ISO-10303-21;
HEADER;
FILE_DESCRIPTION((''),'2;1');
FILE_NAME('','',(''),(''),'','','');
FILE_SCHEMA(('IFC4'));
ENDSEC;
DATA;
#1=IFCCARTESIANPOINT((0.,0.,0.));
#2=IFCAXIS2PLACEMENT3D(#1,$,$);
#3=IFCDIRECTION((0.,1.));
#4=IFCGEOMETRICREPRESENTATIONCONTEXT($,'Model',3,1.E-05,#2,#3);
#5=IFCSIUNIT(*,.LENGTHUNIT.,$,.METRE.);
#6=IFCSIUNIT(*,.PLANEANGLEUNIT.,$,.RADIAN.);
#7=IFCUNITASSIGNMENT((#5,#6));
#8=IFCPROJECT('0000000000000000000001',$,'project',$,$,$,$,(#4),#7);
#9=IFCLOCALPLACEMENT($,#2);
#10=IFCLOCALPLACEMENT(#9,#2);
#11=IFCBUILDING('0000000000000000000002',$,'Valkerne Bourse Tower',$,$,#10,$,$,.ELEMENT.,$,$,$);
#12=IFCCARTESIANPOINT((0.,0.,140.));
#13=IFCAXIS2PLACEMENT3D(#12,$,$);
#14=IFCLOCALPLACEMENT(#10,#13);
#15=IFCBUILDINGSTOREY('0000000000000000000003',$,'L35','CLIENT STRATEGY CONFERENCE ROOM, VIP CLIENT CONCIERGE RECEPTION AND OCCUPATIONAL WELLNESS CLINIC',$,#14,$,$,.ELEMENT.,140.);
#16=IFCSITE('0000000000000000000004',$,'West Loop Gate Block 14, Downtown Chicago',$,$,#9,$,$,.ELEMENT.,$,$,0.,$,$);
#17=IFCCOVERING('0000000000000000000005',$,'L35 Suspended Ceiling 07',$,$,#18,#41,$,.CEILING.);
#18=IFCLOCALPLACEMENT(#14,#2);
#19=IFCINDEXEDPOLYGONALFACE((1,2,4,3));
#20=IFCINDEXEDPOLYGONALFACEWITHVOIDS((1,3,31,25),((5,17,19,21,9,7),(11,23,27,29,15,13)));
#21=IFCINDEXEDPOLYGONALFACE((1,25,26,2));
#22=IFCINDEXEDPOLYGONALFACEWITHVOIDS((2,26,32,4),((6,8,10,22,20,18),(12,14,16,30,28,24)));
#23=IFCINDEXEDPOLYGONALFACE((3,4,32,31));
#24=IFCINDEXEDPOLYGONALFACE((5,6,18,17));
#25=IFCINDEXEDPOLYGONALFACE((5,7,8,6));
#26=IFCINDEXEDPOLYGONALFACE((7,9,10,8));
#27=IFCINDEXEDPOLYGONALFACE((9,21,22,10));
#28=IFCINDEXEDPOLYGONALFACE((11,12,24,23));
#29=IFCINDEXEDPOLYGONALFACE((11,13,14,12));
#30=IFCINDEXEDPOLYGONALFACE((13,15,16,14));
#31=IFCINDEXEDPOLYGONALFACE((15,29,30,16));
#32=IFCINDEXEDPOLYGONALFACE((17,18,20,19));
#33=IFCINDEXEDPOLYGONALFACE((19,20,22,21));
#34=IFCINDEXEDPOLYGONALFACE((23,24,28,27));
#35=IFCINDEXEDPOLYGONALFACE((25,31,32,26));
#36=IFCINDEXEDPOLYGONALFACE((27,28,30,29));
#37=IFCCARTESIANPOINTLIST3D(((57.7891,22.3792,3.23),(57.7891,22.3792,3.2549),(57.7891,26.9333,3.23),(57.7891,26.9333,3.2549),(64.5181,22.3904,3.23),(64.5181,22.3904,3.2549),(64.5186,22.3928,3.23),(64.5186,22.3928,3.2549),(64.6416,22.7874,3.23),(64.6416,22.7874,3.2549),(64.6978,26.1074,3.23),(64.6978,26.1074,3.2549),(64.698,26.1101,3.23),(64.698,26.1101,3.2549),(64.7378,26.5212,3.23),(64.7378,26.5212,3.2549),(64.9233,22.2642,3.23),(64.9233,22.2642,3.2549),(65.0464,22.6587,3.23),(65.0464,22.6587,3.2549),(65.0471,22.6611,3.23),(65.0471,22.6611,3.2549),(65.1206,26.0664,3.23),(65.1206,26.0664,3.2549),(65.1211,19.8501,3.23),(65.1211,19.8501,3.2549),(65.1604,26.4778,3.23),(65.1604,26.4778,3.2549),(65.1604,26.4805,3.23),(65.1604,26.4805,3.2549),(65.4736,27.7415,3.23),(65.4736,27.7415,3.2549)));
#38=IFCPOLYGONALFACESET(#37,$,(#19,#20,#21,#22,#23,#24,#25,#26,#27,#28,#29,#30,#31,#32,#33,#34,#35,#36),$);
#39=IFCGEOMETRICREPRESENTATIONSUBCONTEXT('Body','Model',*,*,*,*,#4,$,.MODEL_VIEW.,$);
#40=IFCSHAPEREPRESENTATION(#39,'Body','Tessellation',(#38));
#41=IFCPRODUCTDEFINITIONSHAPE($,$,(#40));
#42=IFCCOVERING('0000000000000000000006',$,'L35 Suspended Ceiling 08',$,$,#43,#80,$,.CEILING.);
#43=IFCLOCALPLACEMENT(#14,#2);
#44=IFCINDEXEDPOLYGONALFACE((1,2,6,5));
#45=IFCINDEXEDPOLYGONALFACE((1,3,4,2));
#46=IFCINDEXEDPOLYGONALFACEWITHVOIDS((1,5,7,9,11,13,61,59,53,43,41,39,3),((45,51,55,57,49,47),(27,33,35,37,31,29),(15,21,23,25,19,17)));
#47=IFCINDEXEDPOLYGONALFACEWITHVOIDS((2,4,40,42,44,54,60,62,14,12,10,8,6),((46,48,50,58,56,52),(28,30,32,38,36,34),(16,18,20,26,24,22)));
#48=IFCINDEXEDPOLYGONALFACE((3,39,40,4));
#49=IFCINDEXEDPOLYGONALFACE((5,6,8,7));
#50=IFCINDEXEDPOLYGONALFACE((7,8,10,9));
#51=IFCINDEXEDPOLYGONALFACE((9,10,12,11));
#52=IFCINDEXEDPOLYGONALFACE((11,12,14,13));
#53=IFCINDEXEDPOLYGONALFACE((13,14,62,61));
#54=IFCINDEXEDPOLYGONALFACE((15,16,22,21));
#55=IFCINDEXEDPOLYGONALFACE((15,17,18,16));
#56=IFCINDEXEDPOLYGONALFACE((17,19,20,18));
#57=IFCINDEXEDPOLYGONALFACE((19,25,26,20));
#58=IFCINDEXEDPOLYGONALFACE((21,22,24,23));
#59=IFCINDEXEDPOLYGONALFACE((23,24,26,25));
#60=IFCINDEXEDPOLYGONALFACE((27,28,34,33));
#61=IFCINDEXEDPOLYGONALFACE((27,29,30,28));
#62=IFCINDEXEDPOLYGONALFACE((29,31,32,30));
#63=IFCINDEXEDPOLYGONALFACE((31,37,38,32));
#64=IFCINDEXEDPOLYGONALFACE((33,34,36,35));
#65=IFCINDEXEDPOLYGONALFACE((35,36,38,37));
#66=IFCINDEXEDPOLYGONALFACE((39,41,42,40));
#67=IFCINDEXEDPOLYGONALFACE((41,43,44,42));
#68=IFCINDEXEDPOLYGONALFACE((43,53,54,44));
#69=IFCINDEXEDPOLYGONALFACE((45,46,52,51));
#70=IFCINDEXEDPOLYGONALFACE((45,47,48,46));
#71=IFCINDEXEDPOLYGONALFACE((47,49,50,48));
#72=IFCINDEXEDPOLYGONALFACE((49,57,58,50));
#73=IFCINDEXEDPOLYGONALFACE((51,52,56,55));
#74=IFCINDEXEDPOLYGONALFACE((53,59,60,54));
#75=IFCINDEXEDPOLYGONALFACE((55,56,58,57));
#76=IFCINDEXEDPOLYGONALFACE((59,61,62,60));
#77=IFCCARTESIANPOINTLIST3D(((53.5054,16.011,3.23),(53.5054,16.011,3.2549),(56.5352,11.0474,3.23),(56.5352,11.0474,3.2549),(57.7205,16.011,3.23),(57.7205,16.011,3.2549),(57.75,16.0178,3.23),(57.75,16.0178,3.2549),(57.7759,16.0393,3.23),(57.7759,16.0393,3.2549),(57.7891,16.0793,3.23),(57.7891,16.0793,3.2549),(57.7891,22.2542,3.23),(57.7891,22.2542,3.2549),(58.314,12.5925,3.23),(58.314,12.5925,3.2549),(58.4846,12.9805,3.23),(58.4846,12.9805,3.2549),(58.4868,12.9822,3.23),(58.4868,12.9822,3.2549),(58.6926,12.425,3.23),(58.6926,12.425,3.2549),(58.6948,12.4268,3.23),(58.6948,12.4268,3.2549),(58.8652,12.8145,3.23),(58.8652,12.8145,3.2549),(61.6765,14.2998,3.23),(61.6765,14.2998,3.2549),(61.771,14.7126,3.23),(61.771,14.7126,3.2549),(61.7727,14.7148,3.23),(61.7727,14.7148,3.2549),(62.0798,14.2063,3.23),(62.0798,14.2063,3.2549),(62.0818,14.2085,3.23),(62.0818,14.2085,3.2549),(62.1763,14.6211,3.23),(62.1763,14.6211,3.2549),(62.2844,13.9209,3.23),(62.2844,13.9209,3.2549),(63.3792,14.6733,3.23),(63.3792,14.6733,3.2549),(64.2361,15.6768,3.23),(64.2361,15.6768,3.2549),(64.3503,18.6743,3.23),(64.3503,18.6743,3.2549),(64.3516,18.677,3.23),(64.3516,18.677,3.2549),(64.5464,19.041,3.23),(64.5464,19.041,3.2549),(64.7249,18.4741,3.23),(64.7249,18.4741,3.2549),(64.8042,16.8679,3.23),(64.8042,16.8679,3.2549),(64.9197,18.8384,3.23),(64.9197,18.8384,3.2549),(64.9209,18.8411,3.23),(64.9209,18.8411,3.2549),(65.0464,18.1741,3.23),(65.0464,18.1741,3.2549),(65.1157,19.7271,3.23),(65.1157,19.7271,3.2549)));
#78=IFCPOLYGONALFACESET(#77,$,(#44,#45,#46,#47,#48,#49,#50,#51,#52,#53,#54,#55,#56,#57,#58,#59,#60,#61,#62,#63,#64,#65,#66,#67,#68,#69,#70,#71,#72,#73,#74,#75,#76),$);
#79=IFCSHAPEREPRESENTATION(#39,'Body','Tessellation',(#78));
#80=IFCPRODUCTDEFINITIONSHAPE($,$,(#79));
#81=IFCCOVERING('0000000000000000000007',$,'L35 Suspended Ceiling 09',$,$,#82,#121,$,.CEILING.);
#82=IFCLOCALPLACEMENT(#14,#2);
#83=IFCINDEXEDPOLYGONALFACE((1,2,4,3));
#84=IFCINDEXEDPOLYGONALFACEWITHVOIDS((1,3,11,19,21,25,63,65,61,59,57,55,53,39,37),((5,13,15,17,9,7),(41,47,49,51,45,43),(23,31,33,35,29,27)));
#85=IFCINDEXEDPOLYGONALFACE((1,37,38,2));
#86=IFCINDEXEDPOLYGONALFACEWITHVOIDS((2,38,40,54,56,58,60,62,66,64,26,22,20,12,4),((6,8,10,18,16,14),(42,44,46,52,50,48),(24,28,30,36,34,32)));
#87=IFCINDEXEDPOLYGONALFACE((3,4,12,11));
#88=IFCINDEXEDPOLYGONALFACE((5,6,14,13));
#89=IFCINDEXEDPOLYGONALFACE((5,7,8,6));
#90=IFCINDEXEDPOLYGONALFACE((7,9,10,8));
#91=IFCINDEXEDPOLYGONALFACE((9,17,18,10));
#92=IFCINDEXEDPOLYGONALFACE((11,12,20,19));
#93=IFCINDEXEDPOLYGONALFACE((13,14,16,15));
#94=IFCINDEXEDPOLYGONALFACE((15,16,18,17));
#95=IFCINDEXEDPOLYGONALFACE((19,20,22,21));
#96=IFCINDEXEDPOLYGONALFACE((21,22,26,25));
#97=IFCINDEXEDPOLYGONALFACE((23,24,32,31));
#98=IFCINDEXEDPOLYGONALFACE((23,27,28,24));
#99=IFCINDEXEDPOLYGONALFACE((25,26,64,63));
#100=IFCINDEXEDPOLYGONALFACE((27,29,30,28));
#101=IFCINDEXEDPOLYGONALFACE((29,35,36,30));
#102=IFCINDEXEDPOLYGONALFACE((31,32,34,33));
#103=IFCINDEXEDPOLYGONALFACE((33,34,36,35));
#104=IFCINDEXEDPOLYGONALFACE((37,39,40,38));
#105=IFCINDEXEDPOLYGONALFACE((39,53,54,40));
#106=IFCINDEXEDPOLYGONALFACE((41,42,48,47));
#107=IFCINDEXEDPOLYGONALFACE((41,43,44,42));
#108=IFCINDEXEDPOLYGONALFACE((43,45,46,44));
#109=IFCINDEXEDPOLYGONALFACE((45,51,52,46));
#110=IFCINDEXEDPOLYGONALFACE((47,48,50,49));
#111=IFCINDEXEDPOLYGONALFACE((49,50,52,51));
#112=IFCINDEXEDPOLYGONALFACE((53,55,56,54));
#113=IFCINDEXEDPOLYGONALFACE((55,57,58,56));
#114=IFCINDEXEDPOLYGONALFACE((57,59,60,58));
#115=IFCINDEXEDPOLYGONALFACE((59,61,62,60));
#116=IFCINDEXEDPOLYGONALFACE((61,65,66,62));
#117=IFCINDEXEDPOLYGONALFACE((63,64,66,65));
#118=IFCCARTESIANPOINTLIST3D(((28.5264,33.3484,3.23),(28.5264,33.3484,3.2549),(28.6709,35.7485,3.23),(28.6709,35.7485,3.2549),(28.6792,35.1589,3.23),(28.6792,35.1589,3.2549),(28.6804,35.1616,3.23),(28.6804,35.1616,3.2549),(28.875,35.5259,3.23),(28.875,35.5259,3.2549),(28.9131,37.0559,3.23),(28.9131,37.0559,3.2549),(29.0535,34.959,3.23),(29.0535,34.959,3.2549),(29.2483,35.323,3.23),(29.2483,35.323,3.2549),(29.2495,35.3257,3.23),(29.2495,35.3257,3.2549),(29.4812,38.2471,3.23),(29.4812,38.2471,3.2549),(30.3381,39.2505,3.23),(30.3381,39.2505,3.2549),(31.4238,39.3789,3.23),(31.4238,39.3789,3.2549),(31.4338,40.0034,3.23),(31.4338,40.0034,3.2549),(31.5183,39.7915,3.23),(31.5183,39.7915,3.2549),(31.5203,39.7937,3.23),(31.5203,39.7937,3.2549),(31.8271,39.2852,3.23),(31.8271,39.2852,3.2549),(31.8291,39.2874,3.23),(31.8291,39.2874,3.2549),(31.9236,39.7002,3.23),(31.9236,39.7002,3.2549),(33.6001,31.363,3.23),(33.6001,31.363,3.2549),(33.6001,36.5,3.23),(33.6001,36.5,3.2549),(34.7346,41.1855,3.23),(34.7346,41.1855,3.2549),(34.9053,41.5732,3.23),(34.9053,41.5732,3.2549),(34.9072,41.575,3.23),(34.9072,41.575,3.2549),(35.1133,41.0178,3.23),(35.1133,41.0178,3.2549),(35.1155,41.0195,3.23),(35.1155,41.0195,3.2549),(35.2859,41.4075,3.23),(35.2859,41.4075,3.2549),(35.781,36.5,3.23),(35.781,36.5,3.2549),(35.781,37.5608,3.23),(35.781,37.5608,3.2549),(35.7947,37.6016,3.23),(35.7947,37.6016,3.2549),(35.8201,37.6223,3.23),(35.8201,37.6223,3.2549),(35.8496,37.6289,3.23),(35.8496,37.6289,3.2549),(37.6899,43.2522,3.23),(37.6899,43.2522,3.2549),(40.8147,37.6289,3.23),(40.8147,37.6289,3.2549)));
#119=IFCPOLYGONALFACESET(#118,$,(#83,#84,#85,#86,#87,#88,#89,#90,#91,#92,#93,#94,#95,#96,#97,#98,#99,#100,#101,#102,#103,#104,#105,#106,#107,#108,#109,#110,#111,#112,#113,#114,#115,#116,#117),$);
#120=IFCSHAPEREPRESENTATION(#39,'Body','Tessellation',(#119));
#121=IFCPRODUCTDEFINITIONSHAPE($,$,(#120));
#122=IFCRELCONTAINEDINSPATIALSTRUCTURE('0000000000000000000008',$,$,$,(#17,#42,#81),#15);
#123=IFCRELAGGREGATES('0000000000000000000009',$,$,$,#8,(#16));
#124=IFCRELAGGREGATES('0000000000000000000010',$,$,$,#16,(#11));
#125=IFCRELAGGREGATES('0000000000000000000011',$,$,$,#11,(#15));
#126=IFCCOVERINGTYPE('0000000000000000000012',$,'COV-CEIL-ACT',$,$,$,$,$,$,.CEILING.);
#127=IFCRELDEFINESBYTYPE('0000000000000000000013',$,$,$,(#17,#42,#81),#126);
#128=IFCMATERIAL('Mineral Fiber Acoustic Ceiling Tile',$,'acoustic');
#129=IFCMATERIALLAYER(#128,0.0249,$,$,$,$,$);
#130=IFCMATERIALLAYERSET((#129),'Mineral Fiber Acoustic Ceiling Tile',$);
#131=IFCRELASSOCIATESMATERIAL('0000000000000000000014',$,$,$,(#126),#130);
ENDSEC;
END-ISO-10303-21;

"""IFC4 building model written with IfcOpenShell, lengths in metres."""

from ifc_helpers import new_model, si_unit, direction, frame, origin, place, context, subcontext, project, spatial, polyline, outline, extrude, material, layer, layer_set, type_object, element, save


model = new_model("IFC4")

# Units and contexts
model_context = context("Model", 3, precision=1e-05, world=origin(), true_north=direction((0.0, 1.0)))
body_context = subcontext(model_context, "Body", "Model", "MODEL_VIEW")
ifc_project = project(units=[si_unit("LENGTHUNIT", "METRE"), si_unit("PLANEANGLEUNIT", "RADIAN")], contexts=[model_context])

# Site, building, storey
site_placement = place(None, origin())
site = spatial("IfcSite", under=ifc_project, at=site_placement, Name="West Loop Gate Block 14, Downtown Chicago", CompositionType="ELEMENT", RefElevation=0.0)
building_placement = place(site_placement, origin())
building = spatial("IfcBuilding", under=site, at=building_placement, Name="Valkerne Bourse Tower", CompositionType="ELEMENT")
storey_placement = place(building_placement, frame((0.0, 0.0, 140.0)))
storey = spatial("IfcBuildingStorey", under=building, at=storey_placement, Name="L35", Description="CLIENT STRATEGY CONFERENCE ROOM, VIP CLIENT CONCIERGE RECEPTION AND OCCUPATIONAL WELLNESS CLINIC", CompositionType="ELEMENT", Elevation=140.0)

# Coverings
ifc_material_1 = material(Name="Mineral Fiber Acoustic Ceiling Tile", Category="acoustic")
ifc_layer_1 = layer(ifc_material_1, 0.0249)
ifc_layer_set_1 = layer_set([ifc_layer_1], Name="Mineral Fiber Acoustic Ceiling Tile")
covering_type_1 = type_object("IfcCoveringType", Name="COV-CEIL-ACT", PredefinedType="CEILING", material=ifc_layer_set_1)
covering_1_placement = place(storey_placement, frame((0.0, 0.0, 3.23)))
element("IfcCovering", 1, at=covering_1_placement, inside=storey, type_object=covering_type_1, Name="L35 Suspended Ceiling 07", PredefinedType="CEILING", context=body_context, shape_type="SweptSolid", body=[
    extrude(outline(polyline([(57.7891, 26.9333), (65.4736, 27.7415), (65.1211, 19.8501), (57.7891, 22.3792), (57.7891, 26.9333)]), holes=[polyline([(65.0471, 22.6611), (64.6416, 22.7874), (64.5186, 22.3928), (64.5181, 22.3904), (64.9233, 22.2642), (65.0464, 22.6587), (65.0471, 22.6611)]), polyline([(65.1604, 26.4778), (65.1604, 26.4805), (64.7378, 26.5212), (64.698, 26.1101), (64.6978, 26.1074), (65.1206, 26.0664), (65.1604, 26.4778)])]), origin(), (0.0, 0.0, 1.0), 0.0249),
])
covering_2_placement = place(storey_placement, frame((0.0, 0.0, 3.23)))
element("IfcCovering", 2, at=covering_2_placement, inside=storey, type_object=covering_type_1, Name="L35 Suspended Ceiling 08", PredefinedType="CEILING", context=body_context, shape_type="SweptSolid", body=[
    extrude(outline(polyline([(63.3792, 14.6733), (62.2844, 13.9209), (56.5352, 11.0474), (53.5054, 16.011), (57.7205, 16.011), (57.75, 16.0178), (57.7759, 16.0393), (57.7891, 16.0793), (57.7891, 22.2542), (65.1157, 19.7271), (65.0464, 18.1741), (64.8042, 16.8679), (64.2361, 15.6768), (63.3792, 14.6733)]), holes=[polyline([(58.6948, 12.4268), (58.8652, 12.8145), (58.4868, 12.9822), (58.4846, 12.9805), (58.314, 12.5925), (58.6926, 12.425), (58.6948, 12.4268)]), polyline([(62.1763, 14.6211), (61.7727, 14.7148), (61.771, 14.7126), (61.6765, 14.2998), (62.0798, 14.2063), (62.0818, 14.2085), (62.1763, 14.6211)]), polyline([(64.9209, 18.8411), (64.5464, 19.041), (64.3516, 18.677), (64.3503, 18.6743), (64.7249, 18.4741), (64.9197, 18.8384), (64.9209, 18.8411)])]), origin(), (0.0, 0.0, 1.0), 0.0249),
])
covering_3_placement = place(storey_placement, frame((0.0, 0.0, 3.23)))
element("IfcCovering", 3, at=covering_3_placement, inside=storey, type_object=covering_type_1, Name="L35 Suspended Ceiling 09", PredefinedType="CEILING", context=body_context, shape_type="SweptSolid", body=[
    extrude(outline(polyline([(29.4812, 38.2471), (30.3381, 39.2505), (31.4338, 40.0034), (37.6899, 43.2522), (40.8147, 37.6289), (35.8496, 37.6289), (35.8201, 37.6223), (35.7947, 37.6016), (35.781, 37.5608), (35.781, 36.5), (33.6001, 36.5), (33.6001, 31.363), (28.5264, 33.3484), (28.6709, 35.7485), (28.9131, 37.0559), (29.4812, 38.2471)]), holes=[polyline([(29.2495, 35.3257), (28.875, 35.5259), (28.6804, 35.1616), (28.6792, 35.1589), (29.0535, 34.959), (29.2483, 35.323), (29.2495, 35.3257)]), polyline([(31.9236, 39.7002), (31.5203, 39.7937), (31.5183, 39.7915), (31.4238, 39.3789), (31.8271, 39.2852), (31.8291, 39.2874), (31.9236, 39.7002)]), polyline([(35.2859, 41.4075), (34.9072, 41.575), (34.9053, 41.5732), (34.7346, 41.1855), (35.1133, 41.0178), (35.1155, 41.0195), (35.2859, 41.4075)])]), origin(), (0.0, 0.0, 1.0), 0.0249),
])

save(model, "model.ifc")
